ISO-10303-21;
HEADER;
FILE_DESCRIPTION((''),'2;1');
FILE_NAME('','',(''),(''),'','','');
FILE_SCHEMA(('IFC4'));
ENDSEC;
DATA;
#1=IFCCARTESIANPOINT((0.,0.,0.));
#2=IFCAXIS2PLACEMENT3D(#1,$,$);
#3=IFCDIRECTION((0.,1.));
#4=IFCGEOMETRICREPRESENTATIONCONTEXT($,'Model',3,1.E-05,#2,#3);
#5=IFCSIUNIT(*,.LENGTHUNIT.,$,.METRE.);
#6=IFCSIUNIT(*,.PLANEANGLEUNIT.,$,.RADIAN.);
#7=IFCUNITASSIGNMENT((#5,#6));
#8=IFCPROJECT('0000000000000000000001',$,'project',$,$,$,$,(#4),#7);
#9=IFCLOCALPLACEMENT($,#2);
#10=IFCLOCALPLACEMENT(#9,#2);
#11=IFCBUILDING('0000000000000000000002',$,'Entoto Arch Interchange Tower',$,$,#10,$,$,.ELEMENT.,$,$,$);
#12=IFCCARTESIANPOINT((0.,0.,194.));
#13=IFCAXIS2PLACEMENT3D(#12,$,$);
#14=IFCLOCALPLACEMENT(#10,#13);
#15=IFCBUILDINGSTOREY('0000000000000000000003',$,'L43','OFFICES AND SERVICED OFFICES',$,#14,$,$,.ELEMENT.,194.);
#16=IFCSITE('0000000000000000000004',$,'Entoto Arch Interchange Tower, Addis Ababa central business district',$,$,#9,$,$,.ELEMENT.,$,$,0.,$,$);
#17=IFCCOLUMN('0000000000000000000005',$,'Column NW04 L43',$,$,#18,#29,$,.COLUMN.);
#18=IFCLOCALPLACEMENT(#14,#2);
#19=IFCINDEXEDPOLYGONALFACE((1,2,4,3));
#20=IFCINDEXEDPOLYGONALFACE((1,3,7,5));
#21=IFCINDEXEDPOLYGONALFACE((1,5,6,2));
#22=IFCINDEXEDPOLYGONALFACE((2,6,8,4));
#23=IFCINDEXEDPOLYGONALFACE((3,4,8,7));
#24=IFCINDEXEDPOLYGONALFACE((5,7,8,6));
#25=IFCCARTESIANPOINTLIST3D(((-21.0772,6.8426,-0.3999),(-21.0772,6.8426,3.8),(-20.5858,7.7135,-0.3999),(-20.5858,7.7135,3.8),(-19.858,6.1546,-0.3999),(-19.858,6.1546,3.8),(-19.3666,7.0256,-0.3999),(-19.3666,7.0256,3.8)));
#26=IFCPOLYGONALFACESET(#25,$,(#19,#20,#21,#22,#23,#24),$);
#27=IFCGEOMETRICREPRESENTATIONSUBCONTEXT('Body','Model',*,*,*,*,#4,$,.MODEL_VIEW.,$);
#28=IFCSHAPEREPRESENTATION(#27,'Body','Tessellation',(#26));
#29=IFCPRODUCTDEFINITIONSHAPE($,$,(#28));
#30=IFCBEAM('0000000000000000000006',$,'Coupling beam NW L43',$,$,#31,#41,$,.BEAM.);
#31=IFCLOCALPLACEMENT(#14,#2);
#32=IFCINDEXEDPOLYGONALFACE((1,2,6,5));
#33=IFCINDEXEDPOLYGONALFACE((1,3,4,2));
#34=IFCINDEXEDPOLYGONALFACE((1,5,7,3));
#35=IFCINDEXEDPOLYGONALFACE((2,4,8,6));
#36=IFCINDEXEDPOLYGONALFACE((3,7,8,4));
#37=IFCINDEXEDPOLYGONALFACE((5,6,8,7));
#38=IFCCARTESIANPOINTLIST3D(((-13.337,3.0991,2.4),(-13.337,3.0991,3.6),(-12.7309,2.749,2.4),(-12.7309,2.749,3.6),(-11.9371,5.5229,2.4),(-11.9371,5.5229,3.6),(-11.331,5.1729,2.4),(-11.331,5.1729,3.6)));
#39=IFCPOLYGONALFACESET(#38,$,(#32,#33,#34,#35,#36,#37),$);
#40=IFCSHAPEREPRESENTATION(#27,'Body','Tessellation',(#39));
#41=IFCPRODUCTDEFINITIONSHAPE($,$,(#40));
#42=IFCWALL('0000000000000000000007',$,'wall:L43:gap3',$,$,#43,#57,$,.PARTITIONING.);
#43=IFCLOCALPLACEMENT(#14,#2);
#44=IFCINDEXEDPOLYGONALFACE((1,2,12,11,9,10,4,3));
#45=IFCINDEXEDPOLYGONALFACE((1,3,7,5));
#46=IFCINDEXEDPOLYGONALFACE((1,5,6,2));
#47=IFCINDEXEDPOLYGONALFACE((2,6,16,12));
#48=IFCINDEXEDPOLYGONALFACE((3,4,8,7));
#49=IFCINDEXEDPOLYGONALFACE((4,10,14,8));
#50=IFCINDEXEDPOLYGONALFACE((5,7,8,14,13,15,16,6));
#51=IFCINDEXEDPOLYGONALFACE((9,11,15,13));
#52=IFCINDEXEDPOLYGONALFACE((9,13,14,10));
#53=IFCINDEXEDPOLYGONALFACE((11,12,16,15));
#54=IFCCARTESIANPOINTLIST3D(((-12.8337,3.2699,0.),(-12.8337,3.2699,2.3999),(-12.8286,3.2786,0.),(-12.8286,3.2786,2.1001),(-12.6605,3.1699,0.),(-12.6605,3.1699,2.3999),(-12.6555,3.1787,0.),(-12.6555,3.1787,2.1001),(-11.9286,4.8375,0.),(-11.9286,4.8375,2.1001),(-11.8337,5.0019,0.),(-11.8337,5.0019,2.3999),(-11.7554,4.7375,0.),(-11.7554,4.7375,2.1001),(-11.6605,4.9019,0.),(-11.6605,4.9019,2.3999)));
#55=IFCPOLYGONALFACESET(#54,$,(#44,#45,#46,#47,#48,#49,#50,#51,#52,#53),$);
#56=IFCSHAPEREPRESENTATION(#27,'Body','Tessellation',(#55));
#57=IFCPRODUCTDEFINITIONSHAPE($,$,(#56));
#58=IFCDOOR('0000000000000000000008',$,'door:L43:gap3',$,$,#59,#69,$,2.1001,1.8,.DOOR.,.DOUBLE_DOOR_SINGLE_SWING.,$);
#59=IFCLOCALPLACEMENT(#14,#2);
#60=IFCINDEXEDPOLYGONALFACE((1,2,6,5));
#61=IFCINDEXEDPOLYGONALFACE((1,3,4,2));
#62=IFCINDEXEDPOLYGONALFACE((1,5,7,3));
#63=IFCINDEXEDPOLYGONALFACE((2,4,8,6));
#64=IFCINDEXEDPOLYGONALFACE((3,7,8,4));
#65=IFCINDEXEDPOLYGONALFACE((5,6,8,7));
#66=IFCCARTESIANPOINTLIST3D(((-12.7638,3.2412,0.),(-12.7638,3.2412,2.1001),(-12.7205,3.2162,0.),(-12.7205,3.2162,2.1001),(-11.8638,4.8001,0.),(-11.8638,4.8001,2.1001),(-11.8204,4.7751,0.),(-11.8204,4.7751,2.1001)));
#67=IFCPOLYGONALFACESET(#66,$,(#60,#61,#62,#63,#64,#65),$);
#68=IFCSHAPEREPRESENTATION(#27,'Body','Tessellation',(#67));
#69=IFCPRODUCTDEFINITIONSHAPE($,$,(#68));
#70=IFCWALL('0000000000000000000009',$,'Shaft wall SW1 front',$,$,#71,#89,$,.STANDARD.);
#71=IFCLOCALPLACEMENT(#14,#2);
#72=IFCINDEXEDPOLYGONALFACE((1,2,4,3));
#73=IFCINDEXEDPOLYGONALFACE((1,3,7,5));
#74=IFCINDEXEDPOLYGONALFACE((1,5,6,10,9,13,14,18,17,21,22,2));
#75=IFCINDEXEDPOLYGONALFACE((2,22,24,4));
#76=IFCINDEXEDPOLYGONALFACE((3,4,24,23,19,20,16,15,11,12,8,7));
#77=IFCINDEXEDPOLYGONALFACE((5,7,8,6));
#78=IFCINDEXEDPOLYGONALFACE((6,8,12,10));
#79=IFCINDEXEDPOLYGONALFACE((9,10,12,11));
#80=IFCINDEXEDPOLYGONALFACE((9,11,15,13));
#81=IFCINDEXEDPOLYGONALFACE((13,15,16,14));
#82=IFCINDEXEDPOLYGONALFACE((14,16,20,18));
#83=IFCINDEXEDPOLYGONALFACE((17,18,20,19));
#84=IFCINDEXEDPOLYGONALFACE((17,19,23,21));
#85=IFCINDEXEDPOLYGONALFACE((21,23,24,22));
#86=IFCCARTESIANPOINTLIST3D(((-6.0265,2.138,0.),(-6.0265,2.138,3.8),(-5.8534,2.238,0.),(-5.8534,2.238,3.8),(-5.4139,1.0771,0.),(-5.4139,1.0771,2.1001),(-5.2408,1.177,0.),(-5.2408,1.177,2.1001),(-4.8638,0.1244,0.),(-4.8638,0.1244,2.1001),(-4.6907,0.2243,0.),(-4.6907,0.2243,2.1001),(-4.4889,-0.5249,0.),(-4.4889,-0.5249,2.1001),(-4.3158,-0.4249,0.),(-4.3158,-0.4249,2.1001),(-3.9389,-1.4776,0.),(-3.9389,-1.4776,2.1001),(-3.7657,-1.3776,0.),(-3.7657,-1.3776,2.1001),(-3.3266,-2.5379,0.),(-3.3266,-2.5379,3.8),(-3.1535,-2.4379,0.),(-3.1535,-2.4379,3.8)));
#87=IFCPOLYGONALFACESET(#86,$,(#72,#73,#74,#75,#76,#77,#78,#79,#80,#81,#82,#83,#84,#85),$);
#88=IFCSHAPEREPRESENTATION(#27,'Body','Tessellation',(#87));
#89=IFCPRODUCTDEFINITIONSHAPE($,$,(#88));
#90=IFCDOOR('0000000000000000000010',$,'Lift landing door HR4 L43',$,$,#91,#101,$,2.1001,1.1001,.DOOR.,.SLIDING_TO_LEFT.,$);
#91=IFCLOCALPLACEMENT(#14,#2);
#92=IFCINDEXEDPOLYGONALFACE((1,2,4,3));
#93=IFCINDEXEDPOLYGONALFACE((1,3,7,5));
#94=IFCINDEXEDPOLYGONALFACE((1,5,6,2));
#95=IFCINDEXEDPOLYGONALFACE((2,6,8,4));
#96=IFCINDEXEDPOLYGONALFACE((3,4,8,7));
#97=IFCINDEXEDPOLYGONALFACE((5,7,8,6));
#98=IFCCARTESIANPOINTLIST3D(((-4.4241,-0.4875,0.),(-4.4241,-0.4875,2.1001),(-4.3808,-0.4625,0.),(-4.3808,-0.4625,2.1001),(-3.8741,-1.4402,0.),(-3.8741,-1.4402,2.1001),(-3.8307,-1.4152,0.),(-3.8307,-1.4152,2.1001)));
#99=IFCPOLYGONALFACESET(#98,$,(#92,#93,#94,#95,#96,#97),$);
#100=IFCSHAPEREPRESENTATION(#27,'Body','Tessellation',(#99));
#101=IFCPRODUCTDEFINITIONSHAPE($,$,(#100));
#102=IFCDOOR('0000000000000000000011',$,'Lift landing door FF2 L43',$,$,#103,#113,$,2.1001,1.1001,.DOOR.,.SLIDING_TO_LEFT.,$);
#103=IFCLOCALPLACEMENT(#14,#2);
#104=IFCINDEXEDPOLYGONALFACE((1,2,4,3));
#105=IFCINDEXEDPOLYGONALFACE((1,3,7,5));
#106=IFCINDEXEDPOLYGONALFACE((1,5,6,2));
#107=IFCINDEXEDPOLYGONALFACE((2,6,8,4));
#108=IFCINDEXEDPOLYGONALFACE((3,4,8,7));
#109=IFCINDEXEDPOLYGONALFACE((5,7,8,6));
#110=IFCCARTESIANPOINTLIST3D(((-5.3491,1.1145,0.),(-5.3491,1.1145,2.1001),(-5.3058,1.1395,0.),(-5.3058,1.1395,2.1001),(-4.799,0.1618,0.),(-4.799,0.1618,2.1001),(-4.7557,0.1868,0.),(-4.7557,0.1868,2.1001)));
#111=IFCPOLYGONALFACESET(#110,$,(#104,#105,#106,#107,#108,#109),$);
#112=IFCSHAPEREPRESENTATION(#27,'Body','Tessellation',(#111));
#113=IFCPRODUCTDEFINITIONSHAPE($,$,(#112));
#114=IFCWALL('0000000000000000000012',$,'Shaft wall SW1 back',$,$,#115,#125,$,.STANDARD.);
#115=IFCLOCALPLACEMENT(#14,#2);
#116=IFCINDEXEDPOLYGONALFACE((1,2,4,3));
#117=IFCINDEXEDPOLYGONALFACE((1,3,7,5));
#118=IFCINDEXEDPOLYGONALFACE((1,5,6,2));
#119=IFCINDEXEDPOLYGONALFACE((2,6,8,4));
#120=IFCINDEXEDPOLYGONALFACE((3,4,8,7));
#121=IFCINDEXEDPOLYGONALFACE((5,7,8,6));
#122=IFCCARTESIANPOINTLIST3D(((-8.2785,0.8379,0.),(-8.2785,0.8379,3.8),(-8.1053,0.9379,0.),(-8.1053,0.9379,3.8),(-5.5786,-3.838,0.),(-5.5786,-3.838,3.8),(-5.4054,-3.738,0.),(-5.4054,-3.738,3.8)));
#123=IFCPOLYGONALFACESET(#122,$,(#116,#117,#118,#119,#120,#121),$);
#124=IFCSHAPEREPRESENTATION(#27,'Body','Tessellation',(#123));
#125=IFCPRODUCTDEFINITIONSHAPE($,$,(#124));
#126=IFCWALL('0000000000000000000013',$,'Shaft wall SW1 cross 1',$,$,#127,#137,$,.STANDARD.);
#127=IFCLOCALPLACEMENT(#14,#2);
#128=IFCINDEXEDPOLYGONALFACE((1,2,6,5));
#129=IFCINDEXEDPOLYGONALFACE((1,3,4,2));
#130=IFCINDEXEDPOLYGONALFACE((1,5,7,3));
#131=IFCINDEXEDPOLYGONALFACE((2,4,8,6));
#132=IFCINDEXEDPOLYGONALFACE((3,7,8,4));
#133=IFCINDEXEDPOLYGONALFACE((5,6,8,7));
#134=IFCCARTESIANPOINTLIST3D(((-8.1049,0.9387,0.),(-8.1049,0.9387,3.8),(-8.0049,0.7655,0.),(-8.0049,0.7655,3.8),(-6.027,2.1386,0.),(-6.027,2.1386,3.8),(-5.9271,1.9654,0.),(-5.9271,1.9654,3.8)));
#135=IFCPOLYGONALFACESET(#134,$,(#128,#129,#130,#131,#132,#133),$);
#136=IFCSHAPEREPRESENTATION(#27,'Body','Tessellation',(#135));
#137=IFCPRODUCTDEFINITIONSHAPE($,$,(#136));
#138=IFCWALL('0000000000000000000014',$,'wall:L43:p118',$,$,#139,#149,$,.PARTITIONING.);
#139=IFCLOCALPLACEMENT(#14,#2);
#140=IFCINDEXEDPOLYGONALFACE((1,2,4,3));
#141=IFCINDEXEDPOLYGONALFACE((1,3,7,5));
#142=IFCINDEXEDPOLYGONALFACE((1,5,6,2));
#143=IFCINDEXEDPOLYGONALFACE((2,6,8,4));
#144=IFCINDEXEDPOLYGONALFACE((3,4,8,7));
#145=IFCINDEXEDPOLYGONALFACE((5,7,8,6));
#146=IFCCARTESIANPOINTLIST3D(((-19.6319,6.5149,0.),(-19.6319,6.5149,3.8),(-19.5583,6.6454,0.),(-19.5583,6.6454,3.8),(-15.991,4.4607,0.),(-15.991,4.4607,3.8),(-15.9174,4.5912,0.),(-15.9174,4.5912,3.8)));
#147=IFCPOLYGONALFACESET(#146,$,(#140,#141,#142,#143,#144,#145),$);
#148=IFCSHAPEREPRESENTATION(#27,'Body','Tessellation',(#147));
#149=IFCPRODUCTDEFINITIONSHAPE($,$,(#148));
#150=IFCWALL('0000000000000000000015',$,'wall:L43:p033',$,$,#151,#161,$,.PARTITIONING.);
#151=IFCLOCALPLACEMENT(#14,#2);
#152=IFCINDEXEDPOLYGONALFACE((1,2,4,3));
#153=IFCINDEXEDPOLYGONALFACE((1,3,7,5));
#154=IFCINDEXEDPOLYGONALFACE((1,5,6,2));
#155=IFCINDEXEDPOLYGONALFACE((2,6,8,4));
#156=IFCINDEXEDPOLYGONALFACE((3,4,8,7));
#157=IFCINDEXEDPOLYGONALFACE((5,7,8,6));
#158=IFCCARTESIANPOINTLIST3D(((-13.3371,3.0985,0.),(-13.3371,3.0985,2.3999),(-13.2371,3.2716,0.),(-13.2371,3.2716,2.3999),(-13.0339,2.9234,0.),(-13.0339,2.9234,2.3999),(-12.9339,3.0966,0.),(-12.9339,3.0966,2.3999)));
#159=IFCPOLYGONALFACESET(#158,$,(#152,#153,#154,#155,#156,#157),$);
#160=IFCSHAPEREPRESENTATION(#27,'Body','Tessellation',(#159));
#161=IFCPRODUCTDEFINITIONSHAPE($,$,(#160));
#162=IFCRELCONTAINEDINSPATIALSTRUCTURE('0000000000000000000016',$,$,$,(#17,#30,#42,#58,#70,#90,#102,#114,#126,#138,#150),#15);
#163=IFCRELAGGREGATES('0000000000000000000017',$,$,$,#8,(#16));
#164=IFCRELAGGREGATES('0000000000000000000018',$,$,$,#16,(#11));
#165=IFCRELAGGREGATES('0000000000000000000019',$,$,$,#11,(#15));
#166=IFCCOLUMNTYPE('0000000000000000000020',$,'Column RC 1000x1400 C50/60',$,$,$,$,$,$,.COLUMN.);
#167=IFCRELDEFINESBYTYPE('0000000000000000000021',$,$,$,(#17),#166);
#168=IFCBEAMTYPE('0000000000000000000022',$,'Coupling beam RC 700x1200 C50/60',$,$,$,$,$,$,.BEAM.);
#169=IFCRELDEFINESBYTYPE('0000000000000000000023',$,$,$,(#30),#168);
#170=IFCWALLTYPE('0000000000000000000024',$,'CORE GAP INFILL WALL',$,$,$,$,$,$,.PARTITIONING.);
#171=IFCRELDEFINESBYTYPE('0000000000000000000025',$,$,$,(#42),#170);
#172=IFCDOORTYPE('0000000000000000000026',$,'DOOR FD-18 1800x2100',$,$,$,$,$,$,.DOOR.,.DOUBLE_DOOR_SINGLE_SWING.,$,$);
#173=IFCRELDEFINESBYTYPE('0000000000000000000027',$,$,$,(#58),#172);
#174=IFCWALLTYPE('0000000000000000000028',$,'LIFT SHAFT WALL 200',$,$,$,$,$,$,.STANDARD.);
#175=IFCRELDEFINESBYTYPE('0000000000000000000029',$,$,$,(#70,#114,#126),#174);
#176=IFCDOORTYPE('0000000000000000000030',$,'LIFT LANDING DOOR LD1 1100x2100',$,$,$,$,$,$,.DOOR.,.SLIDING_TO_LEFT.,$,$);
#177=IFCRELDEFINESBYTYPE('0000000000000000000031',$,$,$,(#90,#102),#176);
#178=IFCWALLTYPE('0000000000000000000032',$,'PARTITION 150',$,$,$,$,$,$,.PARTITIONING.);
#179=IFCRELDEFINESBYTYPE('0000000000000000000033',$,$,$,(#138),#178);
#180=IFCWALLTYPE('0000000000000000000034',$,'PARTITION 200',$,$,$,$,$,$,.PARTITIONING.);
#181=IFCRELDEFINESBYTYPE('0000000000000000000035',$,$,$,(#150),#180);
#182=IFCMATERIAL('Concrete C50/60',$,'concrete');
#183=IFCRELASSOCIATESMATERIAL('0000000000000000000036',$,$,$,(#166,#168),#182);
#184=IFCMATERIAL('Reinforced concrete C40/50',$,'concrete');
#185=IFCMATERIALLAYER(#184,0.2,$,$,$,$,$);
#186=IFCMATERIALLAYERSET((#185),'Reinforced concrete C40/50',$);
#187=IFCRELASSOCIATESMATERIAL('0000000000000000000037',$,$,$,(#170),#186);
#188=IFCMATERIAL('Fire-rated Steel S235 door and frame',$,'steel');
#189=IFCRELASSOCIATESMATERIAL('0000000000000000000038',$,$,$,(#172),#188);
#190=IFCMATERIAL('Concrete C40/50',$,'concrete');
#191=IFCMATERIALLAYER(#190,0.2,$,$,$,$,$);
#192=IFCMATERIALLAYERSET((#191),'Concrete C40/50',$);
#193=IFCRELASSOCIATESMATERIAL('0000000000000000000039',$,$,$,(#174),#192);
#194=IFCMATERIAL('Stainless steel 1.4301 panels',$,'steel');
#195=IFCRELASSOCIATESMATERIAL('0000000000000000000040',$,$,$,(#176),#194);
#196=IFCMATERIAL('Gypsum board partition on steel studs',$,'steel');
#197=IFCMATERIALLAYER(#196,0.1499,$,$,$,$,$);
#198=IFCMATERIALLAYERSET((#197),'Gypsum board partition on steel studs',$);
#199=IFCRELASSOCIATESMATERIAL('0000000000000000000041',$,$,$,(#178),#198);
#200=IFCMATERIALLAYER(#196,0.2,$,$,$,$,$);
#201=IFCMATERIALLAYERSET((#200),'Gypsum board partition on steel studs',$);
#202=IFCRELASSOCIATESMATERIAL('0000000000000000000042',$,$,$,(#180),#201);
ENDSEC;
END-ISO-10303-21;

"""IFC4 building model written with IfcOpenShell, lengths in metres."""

from ifc_helpers import new_model, si_unit, direction, frame, frame_2d, origin, origin_2d, place, context, subcontext, project, spatial, rectangle, extrude, material, layer, layer_set, material_profile, profile_set, type_object, element, fill, save


model = new_model("IFC4")

# Units and contexts
model_context = context("Model", 3, precision=1e-05, world=origin(), true_north=direction((0.0, 1.0)))
body_context = subcontext(model_context, "Body", "Model", "MODEL_VIEW")
ifc_project = project(units=[si_unit("LENGTHUNIT", "METRE"), si_unit("PLANEANGLEUNIT", "RADIAN")], contexts=[model_context])

# Site, building, storey
site_placement = place(None, origin())
site = spatial("IfcSite", under=ifc_project, at=site_placement, Name="Entoto Arch Interchange Tower, Addis Ababa central business district", CompositionType="ELEMENT", RefElevation=0.0)
building_placement = place(site_placement, origin())
building = spatial("IfcBuilding", under=site, at=building_placement, Name="Entoto Arch Interchange Tower", CompositionType="ELEMENT")
storey_placement = place(building_placement, frame((0.0, 0.0, 194.0)))
storey = spatial("IfcBuildingStorey", under=building, at=storey_placement, Name="L43", Description="OFFICES AND SERVICED OFFICES", CompositionType="ELEMENT", Elevation=194.0)

# Column
ifc_material_1 = material(Name="Concrete C50/60", Category="concrete")
ifc_material_profile_1 = material_profile(ifc_material_1, rectangle(XDim=1.0, YDim=1.3999, at=origin_2d()))
ifc_profile_set_1 = profile_set([ifc_material_profile_1], Name="Concrete C50/60")
column_type = type_object("IfcColumnType", Name="Column RC 1000x1400 C50/60", PredefinedType="COLUMN", material=ifc_profile_set_1)
column_placement = place(storey_placement, frame((-20.2219, 6.9341, -0.3999), z_axis=(0.0, 0.0, 1.0), x_axis=(0.491436, 0.870914, 0.0)))
element("IfcColumn", 1, at=column_placement, inside=storey, type_object=column_type, Name="Column NW04 L43", PredefinedType="COLUMN", context=body_context, shape_type="SweptSolid", body=[
    extrude(rectangle(XDim=1.0, YDim=1.3999, at=origin_2d()), origin(), (0.0, 0.0, 1.0), 4.2),
])

# Beam
ifc_material_profile_2 = material_profile(ifc_material_1, rectangle(XDim=0.7, YDim=1.2, at=origin_2d()))
ifc_profile_set_2 = profile_set([ifc_material_profile_2], Name="Concrete C50/60")
beam_type = type_object("IfcBeamType", Name="Coupling beam RC 700x1200 C50/60", PredefinedType="BEAM", material=ifc_profile_set_2)
beam_placement = place(storey_placement, frame((-11.634, 5.3479, 3.0), z_axis=(-0.500135, -0.865947, 0.0), x_axis=(0.865947, -0.500135, 0.0)))
element("IfcBeam", 2, at=beam_placement, inside=storey, type_object=beam_type, Name="Coupling beam NW L43", PredefinedType="BEAM", context=body_context, shape_type="SweptSolid", body=[
    extrude(rectangle(XDim=0.7, YDim=1.2, at=origin_2d()), origin(), (0.0, 0.0, 1.0), 2.7991),
])

# Wall, opening, door
ifc_material_2 = material(Name="Reinforced concrete C40/50", Category="concrete")
ifc_layer_1 = layer(ifc_material_2, 0.2)
ifc_layer_set_1 = layer_set([ifc_layer_1], Name="Reinforced concrete C40/50")
wall_type_1 = type_object("IfcWallType", Name="CORE GAP INFILL WALL", PredefinedType="PARTITIONING", material=ifc_layer_set_1)
wall_1_placement = place(storey_placement, frame((-11.7471, 4.9519, 0.0), z_axis=(0.0, 0.0, 1.0), x_axis=(-0.500025, -0.866011, 0.0)))
wall_1 = element("IfcWall", 3, at=wall_1_placement, inside=storey, type_object=wall_type_1, Name="wall:L43:gap3", PredefinedType="PARTITIONING", context=body_context, shape_type="SweptSolid", body=[
    extrude(rectangle(XDim=2.0, YDim=0.2, at=frame_2d((1.0, 0.0))), origin(), (0.0, 0.0, 1.0), 2.3999),
])
opening_1_placement = place(wall_1_placement, frame((0.1899, 0.0, 0.0)))
opening_1 = element("IfcOpeningElement", 4, at=opening_1_placement, cuts=wall_1, PredefinedType="OPENING", context=body_context, shape_type="SweptSolid", body=[
    extrude(rectangle(XDim=1.8, YDim=2.1001, at=frame_2d((0.8999, 1.05))), frame((0.0, 0.1099, 0.0), z_axis=(0.0, -1.0, 0.0), x_axis=(1.0, 0.0, 0.0)), (0.0, 0.0, 1.0), 0.22),
])
ifc_material_3 = material(Name="Fire-rated Steel S235 door and frame", Category="steel")
door_type_1 = type_object("IfcDoorType", Name="DOOR FD-18 1800x2100", OperationType="DOUBLE_DOOR_SINGLE_SWING", PredefinedType="DOOR", material=ifc_material_3)
door_1_placement = place(opening_1_placement, origin())
door_1 = element("IfcDoor", 5, at=door_1_placement, inside=storey, type_object=door_type_1, Name="door:L43:gap3", OperationType="DOUBLE_DOOR_SINGLE_SWING", OverallHeight=2.1001, OverallWidth=1.8, PredefinedType="DOOR", context=body_context, shape_type="SweptSolid", body=[
    extrude(rectangle(XDim=1.8, YDim=2.1001, at=frame_2d((0.8999, 1.05))), frame((0.0, 0.0249, 0.0), z_axis=(0.0, -1.0, 0.0), x_axis=(1.0, 0.0, 0.0)), (0.0, 0.0, 1.0), 0.05),
])
fill(opening_1, door_1)

# Wall, openings, doors
ifc_material_4 = material(Name="Concrete C40/50", Category="concrete")
ifc_layer_2 = layer(ifc_material_4, 0.2)
ifc_layer_set_2 = layer_set([ifc_layer_2], Name="Concrete C40/50")
wall_type_2 = type_object("IfcWallType", Name="LIFT SHAFT WALL 200", PredefinedType="STANDARD", material=ifc_layer_set_2)
wall_2_placement = place(storey_placement, frame((-5.9399, 2.188, 0.0), z_axis=(0.0, 0.0, 1.0), x_axis=(0.500034, -0.866006, 0.0)))
wall_2 = element("IfcWall", 6, at=wall_2_placement, inside=storey, type_object=wall_type_2, Name="Shaft wall SW1 front", PredefinedType="STANDARD", context=body_context, shape_type="SweptSolid", body=[
    extrude(rectangle(XDim=5.3994, YDim=0.2, at=frame_2d((2.6997, 0.0))), origin(), (0.0, 0.0, 1.0), 3.8),
])
opening_2_placement = place(wall_2_placement, frame((3.075, 0.0, 0.0)))
opening_2 = element("IfcOpeningElement", 7, at=opening_2_placement, cuts=wall_2, PredefinedType="OPENING", context=body_context, shape_type="SweptSolid", body=[
    extrude(rectangle(XDim=1.1001, YDim=2.1001, at=frame_2d((0.55, 1.05))), frame((0.0, 0.1099, 0.0), z_axis=(0.0, -1.0, 0.0), x_axis=(1.0, 0.0, 0.0)), (0.0, 0.0, 1.0), 0.22),
])
opening_3_placement = place(wall_2_placement, frame((1.2251, 0.0, 0.0)))
opening_3 = element("IfcOpeningElement", 8, at=opening_3_placement, cuts=wall_2, PredefinedType="OPENING", context=body_context, shape_type="SweptSolid", body=[
    extrude(rectangle(XDim=1.1001, YDim=2.1001, at=frame_2d((0.55, 1.05))), frame((0.0, 0.1099, 0.0), z_axis=(0.0, -1.0, 0.0), x_axis=(1.0, 0.0, 0.0)), (0.0, 0.0, 1.0), 0.22),
])
ifc_material_5 = material(Name="Stainless steel 1.4301 panels", Category="steel")
door_type_2 = type_object("IfcDoorType", Name="LIFT LANDING DOOR LD1 1100x2100", OperationType="SLIDING_TO_LEFT", PredefinedType="DOOR", material=ifc_material_5)
door_2_placement = place(opening_2_placement, origin())
door_2 = element("IfcDoor", 9, at=door_2_placement, inside=storey, type_object=door_type_2, Name="Lift landing door HR4 L43", OperationType="SLIDING_TO_LEFT", OverallHeight=2.1001, OverallWidth=1.1001, PredefinedType="DOOR", context=body_context, shape_type="SweptSolid", body=[
    extrude(rectangle(XDim=1.1001, YDim=2.1001, at=frame_2d((0.55, 1.05))), frame((0.0, 0.0249, 0.0), z_axis=(0.0, -1.0, 0.0), x_axis=(1.0, 0.0, 0.0)), (0.0, 0.0, 1.0), 0.05),
])
fill(opening_2, door_2)
door_3_placement = place(opening_3_placement, origin())
door_3 = element("IfcDoor", 10, at=door_3_placement, inside=storey, type_object=door_type_2, Name="Lift landing door FF2 L43", OperationType="SLIDING_TO_LEFT", OverallHeight=2.1001, OverallWidth=1.1001, PredefinedType="DOOR", context=body_context, shape_type="SweptSolid", body=[
    extrude(rectangle(XDim=1.1001, YDim=2.1001, at=frame_2d((0.55, 1.05))), frame((0.0, 0.0249, 0.0), z_axis=(0.0, -1.0, 0.0), x_axis=(1.0, 0.0, 0.0)), (0.0, 0.0, 1.0), 0.05),
])
fill(opening_3, door_3)

# Walls
wall_3_placement = place(storey_placement, frame((-8.1919, 0.8879, 0.0), z_axis=(0.0, 0.0, 1.0), x_axis=(0.500034, -0.866006, 0.0)))
element("IfcWall", 11, at=wall_3_placement, inside=storey, type_object=wall_type_2, Name="Shaft wall SW1 back", PredefinedType="STANDARD", context=body_context, shape_type="SweptSolid", body=[
    extrude(rectangle(XDim=5.3994, YDim=0.2, at=frame_2d((2.6997, 0.0))), origin(), (0.0, 0.0, 1.0), 3.8),
])
wall_4_placement = place(storey_placement, frame((-5.9771, 2.052, 0.0), z_axis=(0.0, 0.0, 1.0), x_axis=(-0.865974, -0.500089, 0.0)))
element("IfcWall", 12, at=wall_4_placement, inside=storey, type_object=wall_type_2, Name="Shaft wall SW1 cross 1", PredefinedType="STANDARD", context=body_context, shape_type="SweptSolid", body=[
    extrude(rectangle(XDim=2.3994, YDim=0.2, at=frame_2d((1.1997, 0.0))), origin(), (0.0, 0.0, 1.0), 3.8),
])
ifc_material_6 = material(Name="Gypsum board partition on steel studs", Category="steel")
ifc_layer_3 = layer(ifc_material_6, 0.1499)
ifc_layer_set_3 = layer_set([ifc_layer_3], Name="Gypsum board partition on steel studs")
wall_type_3 = type_object("IfcWallType", Name="PARTITION 150", PredefinedType="PARTITIONING", material=ifc_layer_set_3)
wall_5_placement = place(storey_placement, frame((-15.9541, 4.5259, 0.0), z_axis=(0.0, 0.0, 1.0), x_axis=(-0.87094, 0.491389, 0.0)))
element("IfcWall", 13, at=wall_5_placement, inside=storey, type_object=wall_type_3, Name="wall:L43:p118", PredefinedType="PARTITIONING", context=body_context, shape_type="SweptSolid", body=[
    extrude(rectangle(XDim=4.1804, YDim=0.1499, at=frame_2d((2.0903, 0.0))), origin(), (0.0, 0.0, 1.0), 3.8),
])
ifc_layer_4 = layer(ifc_material_6, 0.2)
ifc_layer_set_4 = layer_set([ifc_layer_4], Name="Gypsum board partition on steel studs")
wall_type_4 = type_object("IfcWallType", Name="PARTITION 200", PredefinedType="PARTITIONING", material=ifc_layer_set_4)
wall_6_placement = place(storey_placement, frame((-12.9839, 3.01, 0.0), z_axis=(0.0, 0.0, 1.0), x_axis=(-0.866046, 0.499964, 0.0)))
element("IfcWall", 14, at=wall_6_placement, inside=storey, type_object=wall_type_4, Name="wall:L43:p033", PredefinedType="PARTITIONING", context=body_context, shape_type="SweptSolid", body=[
    extrude(rectangle(XDim=0.3501, YDim=0.2, at=frame_2d((0.175, 0.0))), origin(), (0.0, 0.0, 1.0), 2.3999),
])

save(model, "model.ifc")
